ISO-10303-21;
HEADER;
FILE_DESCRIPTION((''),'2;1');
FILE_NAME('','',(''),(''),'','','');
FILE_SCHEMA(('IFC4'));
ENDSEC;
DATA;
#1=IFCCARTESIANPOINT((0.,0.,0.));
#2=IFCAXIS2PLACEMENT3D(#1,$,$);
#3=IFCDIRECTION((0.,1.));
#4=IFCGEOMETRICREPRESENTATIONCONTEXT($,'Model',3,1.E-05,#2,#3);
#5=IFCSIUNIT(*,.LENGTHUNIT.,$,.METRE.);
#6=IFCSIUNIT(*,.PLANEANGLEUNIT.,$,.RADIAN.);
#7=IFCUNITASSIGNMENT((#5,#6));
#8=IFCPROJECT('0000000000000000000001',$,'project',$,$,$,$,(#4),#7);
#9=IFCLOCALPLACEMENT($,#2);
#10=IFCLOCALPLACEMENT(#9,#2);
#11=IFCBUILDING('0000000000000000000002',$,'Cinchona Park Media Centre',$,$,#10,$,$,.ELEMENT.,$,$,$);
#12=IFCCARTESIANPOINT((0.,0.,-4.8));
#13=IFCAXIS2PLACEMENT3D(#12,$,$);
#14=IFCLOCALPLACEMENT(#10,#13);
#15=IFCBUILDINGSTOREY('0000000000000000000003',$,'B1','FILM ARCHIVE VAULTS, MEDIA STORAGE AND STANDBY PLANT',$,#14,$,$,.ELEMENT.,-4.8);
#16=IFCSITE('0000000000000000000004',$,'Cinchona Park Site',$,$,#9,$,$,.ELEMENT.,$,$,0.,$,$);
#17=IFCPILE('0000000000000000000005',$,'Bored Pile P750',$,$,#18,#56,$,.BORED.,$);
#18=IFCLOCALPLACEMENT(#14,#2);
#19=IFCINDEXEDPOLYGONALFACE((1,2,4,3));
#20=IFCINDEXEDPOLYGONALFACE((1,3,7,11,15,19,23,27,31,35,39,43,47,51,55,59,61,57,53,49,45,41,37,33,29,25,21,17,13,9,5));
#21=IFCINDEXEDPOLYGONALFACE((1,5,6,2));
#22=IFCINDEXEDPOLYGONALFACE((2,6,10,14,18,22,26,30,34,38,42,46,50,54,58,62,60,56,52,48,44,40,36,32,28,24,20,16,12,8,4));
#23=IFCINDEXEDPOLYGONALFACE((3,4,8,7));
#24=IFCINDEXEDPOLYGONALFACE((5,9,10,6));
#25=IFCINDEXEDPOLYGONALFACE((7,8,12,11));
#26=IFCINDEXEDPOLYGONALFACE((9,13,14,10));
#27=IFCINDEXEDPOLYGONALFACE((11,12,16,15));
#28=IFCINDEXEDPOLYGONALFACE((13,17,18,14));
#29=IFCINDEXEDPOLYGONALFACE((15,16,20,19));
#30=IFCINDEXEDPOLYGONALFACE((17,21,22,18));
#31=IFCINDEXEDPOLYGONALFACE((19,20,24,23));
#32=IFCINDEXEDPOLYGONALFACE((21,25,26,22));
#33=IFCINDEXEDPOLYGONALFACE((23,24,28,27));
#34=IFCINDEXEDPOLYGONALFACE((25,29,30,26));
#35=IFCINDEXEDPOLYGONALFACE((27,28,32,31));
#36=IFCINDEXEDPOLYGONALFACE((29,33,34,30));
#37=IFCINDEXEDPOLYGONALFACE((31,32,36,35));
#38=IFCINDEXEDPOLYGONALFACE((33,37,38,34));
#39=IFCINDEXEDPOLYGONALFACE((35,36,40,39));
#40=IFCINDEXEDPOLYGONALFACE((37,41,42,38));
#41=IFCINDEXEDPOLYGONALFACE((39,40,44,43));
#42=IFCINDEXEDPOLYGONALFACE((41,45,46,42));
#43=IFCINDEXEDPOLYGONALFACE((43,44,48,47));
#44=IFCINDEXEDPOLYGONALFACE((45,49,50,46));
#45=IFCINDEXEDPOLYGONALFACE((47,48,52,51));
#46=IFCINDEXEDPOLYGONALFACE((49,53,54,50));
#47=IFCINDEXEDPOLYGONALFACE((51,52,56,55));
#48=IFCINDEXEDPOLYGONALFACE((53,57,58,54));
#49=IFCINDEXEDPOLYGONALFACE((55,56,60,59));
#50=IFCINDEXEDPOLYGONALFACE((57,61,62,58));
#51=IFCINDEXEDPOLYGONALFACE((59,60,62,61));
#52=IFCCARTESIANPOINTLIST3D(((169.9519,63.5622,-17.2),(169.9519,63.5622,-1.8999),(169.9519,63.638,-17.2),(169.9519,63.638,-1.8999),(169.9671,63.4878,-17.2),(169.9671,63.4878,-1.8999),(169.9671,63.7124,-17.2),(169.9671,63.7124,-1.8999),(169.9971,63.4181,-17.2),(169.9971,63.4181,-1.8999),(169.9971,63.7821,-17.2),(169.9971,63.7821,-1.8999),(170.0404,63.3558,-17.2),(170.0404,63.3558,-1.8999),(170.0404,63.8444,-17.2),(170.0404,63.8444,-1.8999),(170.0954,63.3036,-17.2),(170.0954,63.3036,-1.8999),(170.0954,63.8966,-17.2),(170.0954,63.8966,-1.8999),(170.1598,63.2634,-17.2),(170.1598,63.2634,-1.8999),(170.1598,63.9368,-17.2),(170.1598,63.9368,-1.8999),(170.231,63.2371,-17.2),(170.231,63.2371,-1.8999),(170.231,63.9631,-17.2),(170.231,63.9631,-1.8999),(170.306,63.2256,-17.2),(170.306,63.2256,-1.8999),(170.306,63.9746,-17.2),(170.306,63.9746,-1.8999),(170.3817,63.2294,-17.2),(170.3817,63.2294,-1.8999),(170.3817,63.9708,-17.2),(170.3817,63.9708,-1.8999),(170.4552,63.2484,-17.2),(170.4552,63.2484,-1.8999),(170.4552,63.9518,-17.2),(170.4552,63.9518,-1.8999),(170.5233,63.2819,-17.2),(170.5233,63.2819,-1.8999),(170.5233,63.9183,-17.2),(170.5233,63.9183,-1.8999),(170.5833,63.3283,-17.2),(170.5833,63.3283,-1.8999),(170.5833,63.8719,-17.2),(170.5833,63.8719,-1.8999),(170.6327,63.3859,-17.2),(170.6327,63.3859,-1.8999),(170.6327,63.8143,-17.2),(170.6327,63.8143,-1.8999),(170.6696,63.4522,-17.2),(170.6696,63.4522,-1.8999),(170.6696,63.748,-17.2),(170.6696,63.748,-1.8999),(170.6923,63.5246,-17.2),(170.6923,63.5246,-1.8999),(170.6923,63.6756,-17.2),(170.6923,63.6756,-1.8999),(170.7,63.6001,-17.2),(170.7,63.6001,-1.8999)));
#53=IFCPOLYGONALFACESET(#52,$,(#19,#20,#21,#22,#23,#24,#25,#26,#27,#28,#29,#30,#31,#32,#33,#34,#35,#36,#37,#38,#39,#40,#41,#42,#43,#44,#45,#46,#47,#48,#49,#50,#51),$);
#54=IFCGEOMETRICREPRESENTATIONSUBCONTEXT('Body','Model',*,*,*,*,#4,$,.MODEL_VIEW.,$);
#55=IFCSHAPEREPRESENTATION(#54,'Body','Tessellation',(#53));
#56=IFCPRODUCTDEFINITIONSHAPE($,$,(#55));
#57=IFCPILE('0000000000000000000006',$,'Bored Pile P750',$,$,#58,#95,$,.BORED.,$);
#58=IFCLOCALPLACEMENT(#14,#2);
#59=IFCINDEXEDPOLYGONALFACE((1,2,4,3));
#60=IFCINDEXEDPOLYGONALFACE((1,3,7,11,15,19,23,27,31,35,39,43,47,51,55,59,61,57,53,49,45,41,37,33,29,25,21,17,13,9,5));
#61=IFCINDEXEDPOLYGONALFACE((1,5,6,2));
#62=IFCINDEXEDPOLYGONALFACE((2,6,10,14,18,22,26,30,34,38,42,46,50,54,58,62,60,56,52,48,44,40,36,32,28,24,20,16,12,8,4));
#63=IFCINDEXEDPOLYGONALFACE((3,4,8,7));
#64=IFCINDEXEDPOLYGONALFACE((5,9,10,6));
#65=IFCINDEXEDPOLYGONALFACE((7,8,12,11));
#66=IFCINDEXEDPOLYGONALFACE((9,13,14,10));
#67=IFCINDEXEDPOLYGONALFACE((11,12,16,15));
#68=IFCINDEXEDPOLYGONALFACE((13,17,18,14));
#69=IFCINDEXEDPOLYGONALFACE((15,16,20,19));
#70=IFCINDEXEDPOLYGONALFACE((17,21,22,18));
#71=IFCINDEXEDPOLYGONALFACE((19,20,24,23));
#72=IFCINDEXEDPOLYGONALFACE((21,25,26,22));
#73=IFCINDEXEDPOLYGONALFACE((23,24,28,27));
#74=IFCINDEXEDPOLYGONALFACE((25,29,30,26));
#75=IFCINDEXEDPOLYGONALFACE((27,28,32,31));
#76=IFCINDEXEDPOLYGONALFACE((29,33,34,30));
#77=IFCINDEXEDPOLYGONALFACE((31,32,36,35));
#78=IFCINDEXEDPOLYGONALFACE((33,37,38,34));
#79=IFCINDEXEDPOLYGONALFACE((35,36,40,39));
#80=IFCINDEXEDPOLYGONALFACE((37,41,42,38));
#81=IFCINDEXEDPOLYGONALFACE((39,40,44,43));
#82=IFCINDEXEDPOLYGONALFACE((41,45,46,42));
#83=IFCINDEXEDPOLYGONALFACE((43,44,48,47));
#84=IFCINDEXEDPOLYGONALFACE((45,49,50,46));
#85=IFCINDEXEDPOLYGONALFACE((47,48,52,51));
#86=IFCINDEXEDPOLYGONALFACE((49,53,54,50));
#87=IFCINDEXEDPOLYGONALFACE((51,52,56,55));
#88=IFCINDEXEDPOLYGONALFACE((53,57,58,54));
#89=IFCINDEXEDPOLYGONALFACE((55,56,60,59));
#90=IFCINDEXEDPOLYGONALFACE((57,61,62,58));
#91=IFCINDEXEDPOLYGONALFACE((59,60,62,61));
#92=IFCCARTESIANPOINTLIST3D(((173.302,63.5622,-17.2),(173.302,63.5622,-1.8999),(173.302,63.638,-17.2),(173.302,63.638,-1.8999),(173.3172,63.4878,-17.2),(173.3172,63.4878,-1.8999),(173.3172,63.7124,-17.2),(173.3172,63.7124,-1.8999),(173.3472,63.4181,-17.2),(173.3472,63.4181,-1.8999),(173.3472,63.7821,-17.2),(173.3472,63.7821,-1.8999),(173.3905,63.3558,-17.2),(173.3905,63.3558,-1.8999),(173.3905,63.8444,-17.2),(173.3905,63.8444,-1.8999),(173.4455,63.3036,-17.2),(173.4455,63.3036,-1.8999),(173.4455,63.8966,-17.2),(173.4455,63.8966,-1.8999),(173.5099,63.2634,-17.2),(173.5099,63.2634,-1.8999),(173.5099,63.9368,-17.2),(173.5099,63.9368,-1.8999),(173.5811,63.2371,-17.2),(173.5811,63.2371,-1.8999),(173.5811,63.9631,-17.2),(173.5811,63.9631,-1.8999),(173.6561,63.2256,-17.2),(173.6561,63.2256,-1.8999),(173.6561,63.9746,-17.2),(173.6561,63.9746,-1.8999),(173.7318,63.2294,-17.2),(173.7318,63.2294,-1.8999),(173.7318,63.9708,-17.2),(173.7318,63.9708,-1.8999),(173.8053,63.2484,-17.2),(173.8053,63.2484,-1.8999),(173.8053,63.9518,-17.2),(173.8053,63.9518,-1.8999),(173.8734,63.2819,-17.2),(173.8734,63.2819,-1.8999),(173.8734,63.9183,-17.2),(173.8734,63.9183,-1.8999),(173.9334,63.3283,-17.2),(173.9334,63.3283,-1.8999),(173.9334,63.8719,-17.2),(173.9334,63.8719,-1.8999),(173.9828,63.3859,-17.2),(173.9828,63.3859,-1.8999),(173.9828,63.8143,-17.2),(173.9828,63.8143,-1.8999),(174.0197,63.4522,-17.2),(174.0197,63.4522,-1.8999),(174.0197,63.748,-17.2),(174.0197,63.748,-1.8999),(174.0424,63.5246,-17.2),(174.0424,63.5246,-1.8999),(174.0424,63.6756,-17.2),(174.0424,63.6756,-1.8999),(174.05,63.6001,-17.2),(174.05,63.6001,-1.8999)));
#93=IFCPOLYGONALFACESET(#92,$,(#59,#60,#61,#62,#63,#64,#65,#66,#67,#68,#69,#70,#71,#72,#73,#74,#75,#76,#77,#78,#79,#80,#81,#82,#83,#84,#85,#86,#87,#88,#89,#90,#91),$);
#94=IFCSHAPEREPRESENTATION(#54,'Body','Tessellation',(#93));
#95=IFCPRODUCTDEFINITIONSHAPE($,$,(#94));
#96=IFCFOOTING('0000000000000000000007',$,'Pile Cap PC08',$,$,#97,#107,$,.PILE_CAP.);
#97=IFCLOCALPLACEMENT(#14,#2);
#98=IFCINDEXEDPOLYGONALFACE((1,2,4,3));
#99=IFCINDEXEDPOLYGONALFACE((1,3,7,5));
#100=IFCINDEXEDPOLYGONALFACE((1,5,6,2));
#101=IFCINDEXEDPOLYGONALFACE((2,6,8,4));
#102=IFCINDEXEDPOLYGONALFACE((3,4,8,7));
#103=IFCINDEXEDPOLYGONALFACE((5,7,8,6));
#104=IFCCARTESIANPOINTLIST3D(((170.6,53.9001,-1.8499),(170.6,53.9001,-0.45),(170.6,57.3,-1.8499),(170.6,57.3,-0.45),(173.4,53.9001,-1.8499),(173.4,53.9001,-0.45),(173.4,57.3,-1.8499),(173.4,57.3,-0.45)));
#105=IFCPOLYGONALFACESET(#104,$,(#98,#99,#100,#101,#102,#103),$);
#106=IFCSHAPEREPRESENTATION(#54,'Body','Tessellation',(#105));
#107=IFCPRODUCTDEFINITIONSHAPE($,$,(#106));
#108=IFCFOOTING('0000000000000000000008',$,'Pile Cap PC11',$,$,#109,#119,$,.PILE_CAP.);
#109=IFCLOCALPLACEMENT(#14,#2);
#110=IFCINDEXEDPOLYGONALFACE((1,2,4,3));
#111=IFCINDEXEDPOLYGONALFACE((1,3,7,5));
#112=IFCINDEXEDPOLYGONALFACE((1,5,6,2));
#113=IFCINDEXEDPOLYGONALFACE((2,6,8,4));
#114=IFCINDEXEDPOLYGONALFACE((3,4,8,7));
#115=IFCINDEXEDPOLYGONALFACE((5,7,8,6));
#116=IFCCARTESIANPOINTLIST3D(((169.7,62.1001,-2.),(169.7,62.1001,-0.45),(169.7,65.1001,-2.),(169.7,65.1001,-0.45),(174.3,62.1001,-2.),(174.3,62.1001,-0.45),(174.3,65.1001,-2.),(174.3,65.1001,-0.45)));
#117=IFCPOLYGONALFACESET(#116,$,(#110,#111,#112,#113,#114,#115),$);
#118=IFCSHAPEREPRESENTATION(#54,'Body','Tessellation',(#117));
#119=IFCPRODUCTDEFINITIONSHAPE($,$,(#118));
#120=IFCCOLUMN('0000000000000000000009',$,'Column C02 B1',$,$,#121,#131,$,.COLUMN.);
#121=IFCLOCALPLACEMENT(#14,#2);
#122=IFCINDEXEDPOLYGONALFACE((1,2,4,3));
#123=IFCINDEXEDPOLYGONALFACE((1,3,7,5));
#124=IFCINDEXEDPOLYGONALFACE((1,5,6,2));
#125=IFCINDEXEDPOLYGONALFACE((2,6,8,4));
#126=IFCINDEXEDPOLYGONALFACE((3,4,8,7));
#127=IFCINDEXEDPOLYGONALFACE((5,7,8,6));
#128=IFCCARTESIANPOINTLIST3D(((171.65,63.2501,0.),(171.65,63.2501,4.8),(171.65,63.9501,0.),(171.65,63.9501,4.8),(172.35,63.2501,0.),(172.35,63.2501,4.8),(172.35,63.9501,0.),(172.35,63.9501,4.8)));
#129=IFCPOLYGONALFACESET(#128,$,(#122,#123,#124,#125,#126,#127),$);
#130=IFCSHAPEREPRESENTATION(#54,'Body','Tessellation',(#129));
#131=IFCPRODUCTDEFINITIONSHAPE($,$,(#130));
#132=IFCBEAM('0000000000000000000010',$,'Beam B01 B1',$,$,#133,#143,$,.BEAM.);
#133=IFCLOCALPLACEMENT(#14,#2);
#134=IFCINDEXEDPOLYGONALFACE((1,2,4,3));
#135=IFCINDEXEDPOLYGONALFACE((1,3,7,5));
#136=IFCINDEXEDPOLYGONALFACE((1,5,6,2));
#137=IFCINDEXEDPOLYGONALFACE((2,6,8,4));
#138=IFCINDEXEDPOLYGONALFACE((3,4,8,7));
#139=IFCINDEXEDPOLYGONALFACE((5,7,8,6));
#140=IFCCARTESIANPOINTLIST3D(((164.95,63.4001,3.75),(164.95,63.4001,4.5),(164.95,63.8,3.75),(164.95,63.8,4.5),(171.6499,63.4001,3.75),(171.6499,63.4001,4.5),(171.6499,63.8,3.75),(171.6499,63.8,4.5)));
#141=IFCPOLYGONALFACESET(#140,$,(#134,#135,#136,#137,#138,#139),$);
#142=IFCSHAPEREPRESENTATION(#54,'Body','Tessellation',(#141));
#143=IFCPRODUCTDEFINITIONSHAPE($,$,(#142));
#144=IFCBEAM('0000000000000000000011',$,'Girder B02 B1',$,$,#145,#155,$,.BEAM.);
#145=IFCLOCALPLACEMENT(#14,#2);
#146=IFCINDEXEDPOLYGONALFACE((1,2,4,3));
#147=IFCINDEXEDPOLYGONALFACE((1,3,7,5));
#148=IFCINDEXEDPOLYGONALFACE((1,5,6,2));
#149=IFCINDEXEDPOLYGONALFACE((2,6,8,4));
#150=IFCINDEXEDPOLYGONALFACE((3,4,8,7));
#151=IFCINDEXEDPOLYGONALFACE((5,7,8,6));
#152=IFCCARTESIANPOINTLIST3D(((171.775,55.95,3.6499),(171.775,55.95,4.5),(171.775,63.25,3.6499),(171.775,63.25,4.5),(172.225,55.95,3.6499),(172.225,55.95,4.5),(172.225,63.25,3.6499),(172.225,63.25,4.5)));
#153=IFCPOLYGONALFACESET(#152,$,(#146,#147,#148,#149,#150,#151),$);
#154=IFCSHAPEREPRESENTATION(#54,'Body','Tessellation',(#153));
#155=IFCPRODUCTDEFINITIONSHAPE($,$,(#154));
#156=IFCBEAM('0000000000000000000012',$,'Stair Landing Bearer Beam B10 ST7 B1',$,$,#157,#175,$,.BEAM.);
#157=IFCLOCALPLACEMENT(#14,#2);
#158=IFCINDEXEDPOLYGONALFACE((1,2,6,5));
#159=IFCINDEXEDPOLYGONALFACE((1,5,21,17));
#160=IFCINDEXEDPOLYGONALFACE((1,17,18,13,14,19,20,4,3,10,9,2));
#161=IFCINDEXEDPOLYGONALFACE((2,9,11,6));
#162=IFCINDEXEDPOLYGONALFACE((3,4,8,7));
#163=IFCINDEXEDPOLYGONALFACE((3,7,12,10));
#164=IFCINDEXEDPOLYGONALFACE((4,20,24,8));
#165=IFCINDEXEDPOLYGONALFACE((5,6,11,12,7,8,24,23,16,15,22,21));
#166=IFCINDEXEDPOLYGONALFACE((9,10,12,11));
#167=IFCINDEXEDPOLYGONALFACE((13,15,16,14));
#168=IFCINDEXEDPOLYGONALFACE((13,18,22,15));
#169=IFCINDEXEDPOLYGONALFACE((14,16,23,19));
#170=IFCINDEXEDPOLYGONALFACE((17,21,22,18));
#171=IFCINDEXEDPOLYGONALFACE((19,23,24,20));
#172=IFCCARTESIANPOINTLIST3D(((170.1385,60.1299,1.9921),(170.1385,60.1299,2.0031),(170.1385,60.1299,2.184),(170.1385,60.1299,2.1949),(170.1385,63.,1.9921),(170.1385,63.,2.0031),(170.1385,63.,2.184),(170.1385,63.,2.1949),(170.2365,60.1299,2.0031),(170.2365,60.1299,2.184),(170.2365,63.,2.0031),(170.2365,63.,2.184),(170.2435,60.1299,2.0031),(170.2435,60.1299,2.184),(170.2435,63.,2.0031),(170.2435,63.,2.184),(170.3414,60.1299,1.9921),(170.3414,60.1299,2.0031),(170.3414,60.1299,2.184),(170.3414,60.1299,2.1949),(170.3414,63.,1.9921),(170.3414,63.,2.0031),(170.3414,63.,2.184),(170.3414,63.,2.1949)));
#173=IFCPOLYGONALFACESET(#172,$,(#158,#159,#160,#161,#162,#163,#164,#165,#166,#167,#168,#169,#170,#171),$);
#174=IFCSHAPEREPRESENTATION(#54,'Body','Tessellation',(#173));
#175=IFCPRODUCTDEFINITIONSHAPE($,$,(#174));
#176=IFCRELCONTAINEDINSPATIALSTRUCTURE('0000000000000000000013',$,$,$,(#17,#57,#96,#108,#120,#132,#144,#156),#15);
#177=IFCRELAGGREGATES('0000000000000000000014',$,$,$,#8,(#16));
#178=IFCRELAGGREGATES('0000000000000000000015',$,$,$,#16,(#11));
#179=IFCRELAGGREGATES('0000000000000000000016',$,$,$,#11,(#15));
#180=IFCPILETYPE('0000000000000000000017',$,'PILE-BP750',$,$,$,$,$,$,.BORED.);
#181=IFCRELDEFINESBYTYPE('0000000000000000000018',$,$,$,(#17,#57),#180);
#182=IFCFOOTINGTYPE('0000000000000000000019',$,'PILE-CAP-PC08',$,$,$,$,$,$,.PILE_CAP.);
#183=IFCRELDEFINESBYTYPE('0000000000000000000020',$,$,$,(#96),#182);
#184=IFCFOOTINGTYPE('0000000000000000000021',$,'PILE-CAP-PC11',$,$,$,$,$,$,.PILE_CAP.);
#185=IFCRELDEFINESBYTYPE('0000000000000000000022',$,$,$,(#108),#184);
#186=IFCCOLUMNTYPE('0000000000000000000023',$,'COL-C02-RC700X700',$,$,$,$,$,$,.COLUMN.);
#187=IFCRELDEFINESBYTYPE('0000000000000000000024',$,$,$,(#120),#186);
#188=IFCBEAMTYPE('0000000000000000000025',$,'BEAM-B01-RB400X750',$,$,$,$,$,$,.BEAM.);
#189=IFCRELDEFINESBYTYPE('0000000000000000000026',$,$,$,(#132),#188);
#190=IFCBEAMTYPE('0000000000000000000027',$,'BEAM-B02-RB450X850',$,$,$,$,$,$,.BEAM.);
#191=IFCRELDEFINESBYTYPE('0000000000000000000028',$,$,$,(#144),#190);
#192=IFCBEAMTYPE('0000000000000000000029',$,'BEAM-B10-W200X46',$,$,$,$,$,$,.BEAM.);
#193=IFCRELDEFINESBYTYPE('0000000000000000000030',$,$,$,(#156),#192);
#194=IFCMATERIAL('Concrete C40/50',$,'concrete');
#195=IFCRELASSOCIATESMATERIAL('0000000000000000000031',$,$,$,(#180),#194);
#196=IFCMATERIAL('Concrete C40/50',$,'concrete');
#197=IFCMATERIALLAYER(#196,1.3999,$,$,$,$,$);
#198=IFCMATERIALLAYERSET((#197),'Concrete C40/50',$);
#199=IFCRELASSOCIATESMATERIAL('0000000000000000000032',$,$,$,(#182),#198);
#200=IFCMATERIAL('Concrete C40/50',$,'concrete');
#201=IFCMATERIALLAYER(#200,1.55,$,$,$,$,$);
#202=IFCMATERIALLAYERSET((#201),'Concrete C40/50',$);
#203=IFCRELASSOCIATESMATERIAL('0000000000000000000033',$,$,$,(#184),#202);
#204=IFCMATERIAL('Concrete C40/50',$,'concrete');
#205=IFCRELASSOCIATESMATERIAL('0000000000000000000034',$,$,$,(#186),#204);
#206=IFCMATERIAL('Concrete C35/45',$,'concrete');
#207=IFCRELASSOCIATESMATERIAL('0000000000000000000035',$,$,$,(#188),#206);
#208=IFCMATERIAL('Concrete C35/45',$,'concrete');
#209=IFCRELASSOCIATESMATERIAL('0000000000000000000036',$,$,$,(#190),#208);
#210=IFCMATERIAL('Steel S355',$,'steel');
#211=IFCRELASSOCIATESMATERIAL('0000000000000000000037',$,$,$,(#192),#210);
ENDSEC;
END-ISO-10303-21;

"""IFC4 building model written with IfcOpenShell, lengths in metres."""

from ifc_helpers import new_model, si_unit, direction, frame, origin, origin_2d, place, context, subcontext, project, spatial, rectangle, circle, i_section, extrude, material, layer, layer_set, material_profile, profile_set, type_object, element, save


model = new_model("IFC4")

# Units and contexts
model_context = context("Model", 3, precision=1e-05, world=origin(), true_north=direction((0.0, 1.0)))
body_context = subcontext(model_context, "Body", "Model", "MODEL_VIEW")
ifc_project = project(units=[si_unit("LENGTHUNIT", "METRE"), si_unit("PLANEANGLEUNIT", "RADIAN")], contexts=[model_context])

# Site, building, storey
site_placement = place(None, origin())
site = spatial("IfcSite", under=ifc_project, at=site_placement, Name="Cinchona Park Site", CompositionType="ELEMENT", RefElevation=0.0)
building_placement = place(site_placement, origin())
building = spatial("IfcBuilding", under=site, at=building_placement, Name="Cinchona Park Media Centre", CompositionType="ELEMENT")
storey_placement = place(building_placement, frame((0.0, 0.0, -4.8)))
storey = spatial("IfcBuildingStorey", under=building, at=storey_placement, Name="B1", Description="FILM ARCHIVE VAULTS, MEDIA STORAGE AND STANDBY PLANT", CompositionType="ELEMENT", Elevation=-4.8)

# Piles
ifc_material_1 = material(Name="Concrete C40/50", Category="concrete")
ifc_material_profile_1 = material_profile(ifc_material_1, circle(Radius=0.375, at=origin_2d()), Name="BORED PILE 750")
ifc_profile_set_1 = profile_set([ifc_material_profile_1], Name="Concrete C40/50")
pile_type_1 = type_object("IfcPileType", Name="PILE-BP750", PredefinedType="BORED", material=ifc_profile_set_1)
for number, where, z_axis, x_axis, name in (
    (1, (170.325, 63.6001, -1.8999), (0.0, 0.0, -1.0), (1.0, 0.0, 0.0), "Bored Pile P750"),
    (2, (173.675, 63.6001, -1.8999), (0.0, 0.0, -1.0), (1.0, 0.0, 0.0), "Bored Pile P750"),
):
    element("IfcPile", number, at=place(storey_placement, frame(where, z_axis=z_axis, x_axis=x_axis)), inside=storey, type_object=pile_type_1, Name=name, PredefinedType="BORED", context=body_context, shape_type="SweptSolid", body=[
        extrude(circle(Radius=0.375, at=origin_2d()), origin(), (0.0, 0.0, 1.0), 15.3),
    ])

# Footings
ifc_material_2 = material(Name="Concrete C40/50", Category="concrete")
ifc_layer_1 = layer(ifc_material_2, 1.3999)
ifc_layer_set_1 = layer_set([ifc_layer_1], Name="Concrete C40/50")
footing_type_1 = type_object("IfcFootingType", Name="PILE-CAP-PC08", PredefinedType="PILE_CAP", material=ifc_layer_set_1)
footing_1_placement = place(storey_placement, frame((172.0, 55.6001, -1.8499), z_axis=(0.0, 0.0, 1.0), x_axis=(1.0, 0.0, 0.0)))
element("IfcFooting", 3, at=footing_1_placement, inside=storey, type_object=footing_type_1, Name="Pile Cap PC08", PredefinedType="PILE_CAP", context=body_context, shape_type="SweptSolid", body=[
    extrude(rectangle(XDim=2.8, YDim=3.3999, at=origin_2d()), origin(), (0.0, 0.0, 1.0), 1.3999),
])
ifc_material_3 = material(Name="Concrete C40/50", Category="concrete")
ifc_layer_2 = layer(ifc_material_3, 1.55)
ifc_layer_set_2 = layer_set([ifc_layer_2], Name="Concrete C40/50")
footing_type_2 = type_object("IfcFootingType", Name="PILE-CAP-PC11", PredefinedType="PILE_CAP", material=ifc_layer_set_2)
footing_2_placement = place(storey_placement, frame((172.0, 63.6001, -2.0), z_axis=(0.0, 0.0, 1.0), x_axis=(1.0, 0.0, 0.0)))
element("IfcFooting", 4, at=footing_2_placement, inside=storey, type_object=footing_type_2, Name="Pile Cap PC11", PredefinedType="PILE_CAP", context=body_context, shape_type="SweptSolid", body=[
    extrude(rectangle(XDim=4.6001, YDim=3.0, at=origin_2d()), origin(), (0.0, 0.0, 1.0), 1.55),
])

# Column
ifc_material_4 = material(Name="Concrete C40/50", Category="concrete")
ifc_material_profile_2 = material_profile(ifc_material_4, rectangle(XDim=0.7, YDim=0.7, at=origin_2d()), Name="RC 700X700")
ifc_profile_set_2 = profile_set([ifc_material_profile_2], Name="Concrete C40/50")
column_type = type_object("IfcColumnType", Name="COL-C02-RC700X700", PredefinedType="COLUMN", material=ifc_profile_set_2)
column_placement = place(storey_placement, frame((172.0, 63.6001, 0.0), z_axis=(0.0, 0.0, 1.0), x_axis=(1.0, 0.0, 0.0)))
element("IfcColumn", 5, at=column_placement, inside=storey, type_object=column_type, Name="Column C02 B1", PredefinedType="COLUMN", context=body_context, shape_type="SweptSolid", body=[
    extrude(rectangle(XDim=0.7, YDim=0.7, at=origin_2d()), origin(), (0.0, 0.0, 1.0), 4.8),
])

# Beams
ifc_material_5 = material(Name="Concrete C35/45", Category="concrete")
ifc_material_profile_3 = material_profile(ifc_material_5, rectangle(XDim=0.3999, YDim=0.75, at=origin_2d()), Name="RB 400X750")
ifc_profile_set_3 = profile_set([ifc_material_profile_3], Name="Concrete C35/45")
beam_type_1 = type_object("IfcBeamType", Name="BEAM-B01-RB400X750", PredefinedType="BEAM", material=ifc_profile_set_3)
beam_1_placement = place(storey_placement, frame((164.95, 63.6001, 4.125), z_axis=(1.0, 0.0, 0.0), x_axis=(0.0, 1.0, 0.0)))
element("IfcBeam", 6, at=beam_1_placement, inside=storey, type_object=beam_type_1, Name="Beam B01 B1", PredefinedType="BEAM", context=body_context, shape_type="SweptSolid", body=[
    extrude(rectangle(XDim=0.3999, YDim=0.75, at=origin_2d()), origin(), (0.0, 0.0, 1.0), 6.7),
])
ifc_material_6 = material(Name="Concrete C35/45", Category="concrete")
ifc_material_profile_4 = material_profile(ifc_material_6, rectangle(XDim=0.45, YDim=0.8501, at=origin_2d()), Name="RB 450X850")
ifc_profile_set_4 = profile_set([ifc_material_profile_4], Name="Concrete C35/45")
beam_type_2 = type_object("IfcBeamType", Name="BEAM-B02-RB450X850", PredefinedType="BEAM", material=ifc_profile_set_4)
beam_2_placement = place(storey_placement, frame((172.0, 55.95, 4.075), z_axis=(0.0, 1.0, 0.0), x_axis=(-1.0, 0.0, 0.0)))
element("IfcBeam", 7, at=beam_2_placement, inside=storey, type_object=beam_type_2, Name="Girder B02 B1", PredefinedType="BEAM", context=body_context, shape_type="SweptSolid", body=[
    extrude(rectangle(XDim=0.45, YDim=0.8501, at=origin_2d()), origin(), (0.0, 0.0, 1.0), 7.3),
])
ifc_material_7 = material(Name="Steel S355", Category="steel")
ifc_material_profile_5 = material_profile(ifc_material_7, i_section(OverallWidth=0.2029, OverallDepth=0.2029, WebThickness=0.0071, FlangeThickness=0.011, at=origin_2d()), Name="W200X46")
ifc_profile_set_5 = profile_set([ifc_material_profile_5], Name="Steel S355")
beam_type_3 = type_object("IfcBeamType", Name="BEAM-B10-W200X46", PredefinedType="BEAM", material=ifc_profile_set_5)
for number, where, z_axis, x_axis, name in (
    (8, (170.24, 60.1299, 2.0935), (0.0, 1.0, 0.0), (-1.0, 0.0, 0.0), "Stair Landing Bearer Beam B10 ST7 B1"),
):
    element("IfcBeam", number, at=place(storey_placement, frame(where, z_axis=z_axis, x_axis=x_axis)), inside=storey, type_object=beam_type_3, Name=name, PredefinedType="BEAM", context=body_context, shape_type="SweptSolid", body=[
        extrude(i_section(OverallWidth=0.2029, OverallDepth=0.2029, WebThickness=0.0071, FlangeThickness=0.011, at=origin_2d()), origin(), (0.0, 0.0, 1.0), 2.8701),
    ])

save(model, "model.ifc")
